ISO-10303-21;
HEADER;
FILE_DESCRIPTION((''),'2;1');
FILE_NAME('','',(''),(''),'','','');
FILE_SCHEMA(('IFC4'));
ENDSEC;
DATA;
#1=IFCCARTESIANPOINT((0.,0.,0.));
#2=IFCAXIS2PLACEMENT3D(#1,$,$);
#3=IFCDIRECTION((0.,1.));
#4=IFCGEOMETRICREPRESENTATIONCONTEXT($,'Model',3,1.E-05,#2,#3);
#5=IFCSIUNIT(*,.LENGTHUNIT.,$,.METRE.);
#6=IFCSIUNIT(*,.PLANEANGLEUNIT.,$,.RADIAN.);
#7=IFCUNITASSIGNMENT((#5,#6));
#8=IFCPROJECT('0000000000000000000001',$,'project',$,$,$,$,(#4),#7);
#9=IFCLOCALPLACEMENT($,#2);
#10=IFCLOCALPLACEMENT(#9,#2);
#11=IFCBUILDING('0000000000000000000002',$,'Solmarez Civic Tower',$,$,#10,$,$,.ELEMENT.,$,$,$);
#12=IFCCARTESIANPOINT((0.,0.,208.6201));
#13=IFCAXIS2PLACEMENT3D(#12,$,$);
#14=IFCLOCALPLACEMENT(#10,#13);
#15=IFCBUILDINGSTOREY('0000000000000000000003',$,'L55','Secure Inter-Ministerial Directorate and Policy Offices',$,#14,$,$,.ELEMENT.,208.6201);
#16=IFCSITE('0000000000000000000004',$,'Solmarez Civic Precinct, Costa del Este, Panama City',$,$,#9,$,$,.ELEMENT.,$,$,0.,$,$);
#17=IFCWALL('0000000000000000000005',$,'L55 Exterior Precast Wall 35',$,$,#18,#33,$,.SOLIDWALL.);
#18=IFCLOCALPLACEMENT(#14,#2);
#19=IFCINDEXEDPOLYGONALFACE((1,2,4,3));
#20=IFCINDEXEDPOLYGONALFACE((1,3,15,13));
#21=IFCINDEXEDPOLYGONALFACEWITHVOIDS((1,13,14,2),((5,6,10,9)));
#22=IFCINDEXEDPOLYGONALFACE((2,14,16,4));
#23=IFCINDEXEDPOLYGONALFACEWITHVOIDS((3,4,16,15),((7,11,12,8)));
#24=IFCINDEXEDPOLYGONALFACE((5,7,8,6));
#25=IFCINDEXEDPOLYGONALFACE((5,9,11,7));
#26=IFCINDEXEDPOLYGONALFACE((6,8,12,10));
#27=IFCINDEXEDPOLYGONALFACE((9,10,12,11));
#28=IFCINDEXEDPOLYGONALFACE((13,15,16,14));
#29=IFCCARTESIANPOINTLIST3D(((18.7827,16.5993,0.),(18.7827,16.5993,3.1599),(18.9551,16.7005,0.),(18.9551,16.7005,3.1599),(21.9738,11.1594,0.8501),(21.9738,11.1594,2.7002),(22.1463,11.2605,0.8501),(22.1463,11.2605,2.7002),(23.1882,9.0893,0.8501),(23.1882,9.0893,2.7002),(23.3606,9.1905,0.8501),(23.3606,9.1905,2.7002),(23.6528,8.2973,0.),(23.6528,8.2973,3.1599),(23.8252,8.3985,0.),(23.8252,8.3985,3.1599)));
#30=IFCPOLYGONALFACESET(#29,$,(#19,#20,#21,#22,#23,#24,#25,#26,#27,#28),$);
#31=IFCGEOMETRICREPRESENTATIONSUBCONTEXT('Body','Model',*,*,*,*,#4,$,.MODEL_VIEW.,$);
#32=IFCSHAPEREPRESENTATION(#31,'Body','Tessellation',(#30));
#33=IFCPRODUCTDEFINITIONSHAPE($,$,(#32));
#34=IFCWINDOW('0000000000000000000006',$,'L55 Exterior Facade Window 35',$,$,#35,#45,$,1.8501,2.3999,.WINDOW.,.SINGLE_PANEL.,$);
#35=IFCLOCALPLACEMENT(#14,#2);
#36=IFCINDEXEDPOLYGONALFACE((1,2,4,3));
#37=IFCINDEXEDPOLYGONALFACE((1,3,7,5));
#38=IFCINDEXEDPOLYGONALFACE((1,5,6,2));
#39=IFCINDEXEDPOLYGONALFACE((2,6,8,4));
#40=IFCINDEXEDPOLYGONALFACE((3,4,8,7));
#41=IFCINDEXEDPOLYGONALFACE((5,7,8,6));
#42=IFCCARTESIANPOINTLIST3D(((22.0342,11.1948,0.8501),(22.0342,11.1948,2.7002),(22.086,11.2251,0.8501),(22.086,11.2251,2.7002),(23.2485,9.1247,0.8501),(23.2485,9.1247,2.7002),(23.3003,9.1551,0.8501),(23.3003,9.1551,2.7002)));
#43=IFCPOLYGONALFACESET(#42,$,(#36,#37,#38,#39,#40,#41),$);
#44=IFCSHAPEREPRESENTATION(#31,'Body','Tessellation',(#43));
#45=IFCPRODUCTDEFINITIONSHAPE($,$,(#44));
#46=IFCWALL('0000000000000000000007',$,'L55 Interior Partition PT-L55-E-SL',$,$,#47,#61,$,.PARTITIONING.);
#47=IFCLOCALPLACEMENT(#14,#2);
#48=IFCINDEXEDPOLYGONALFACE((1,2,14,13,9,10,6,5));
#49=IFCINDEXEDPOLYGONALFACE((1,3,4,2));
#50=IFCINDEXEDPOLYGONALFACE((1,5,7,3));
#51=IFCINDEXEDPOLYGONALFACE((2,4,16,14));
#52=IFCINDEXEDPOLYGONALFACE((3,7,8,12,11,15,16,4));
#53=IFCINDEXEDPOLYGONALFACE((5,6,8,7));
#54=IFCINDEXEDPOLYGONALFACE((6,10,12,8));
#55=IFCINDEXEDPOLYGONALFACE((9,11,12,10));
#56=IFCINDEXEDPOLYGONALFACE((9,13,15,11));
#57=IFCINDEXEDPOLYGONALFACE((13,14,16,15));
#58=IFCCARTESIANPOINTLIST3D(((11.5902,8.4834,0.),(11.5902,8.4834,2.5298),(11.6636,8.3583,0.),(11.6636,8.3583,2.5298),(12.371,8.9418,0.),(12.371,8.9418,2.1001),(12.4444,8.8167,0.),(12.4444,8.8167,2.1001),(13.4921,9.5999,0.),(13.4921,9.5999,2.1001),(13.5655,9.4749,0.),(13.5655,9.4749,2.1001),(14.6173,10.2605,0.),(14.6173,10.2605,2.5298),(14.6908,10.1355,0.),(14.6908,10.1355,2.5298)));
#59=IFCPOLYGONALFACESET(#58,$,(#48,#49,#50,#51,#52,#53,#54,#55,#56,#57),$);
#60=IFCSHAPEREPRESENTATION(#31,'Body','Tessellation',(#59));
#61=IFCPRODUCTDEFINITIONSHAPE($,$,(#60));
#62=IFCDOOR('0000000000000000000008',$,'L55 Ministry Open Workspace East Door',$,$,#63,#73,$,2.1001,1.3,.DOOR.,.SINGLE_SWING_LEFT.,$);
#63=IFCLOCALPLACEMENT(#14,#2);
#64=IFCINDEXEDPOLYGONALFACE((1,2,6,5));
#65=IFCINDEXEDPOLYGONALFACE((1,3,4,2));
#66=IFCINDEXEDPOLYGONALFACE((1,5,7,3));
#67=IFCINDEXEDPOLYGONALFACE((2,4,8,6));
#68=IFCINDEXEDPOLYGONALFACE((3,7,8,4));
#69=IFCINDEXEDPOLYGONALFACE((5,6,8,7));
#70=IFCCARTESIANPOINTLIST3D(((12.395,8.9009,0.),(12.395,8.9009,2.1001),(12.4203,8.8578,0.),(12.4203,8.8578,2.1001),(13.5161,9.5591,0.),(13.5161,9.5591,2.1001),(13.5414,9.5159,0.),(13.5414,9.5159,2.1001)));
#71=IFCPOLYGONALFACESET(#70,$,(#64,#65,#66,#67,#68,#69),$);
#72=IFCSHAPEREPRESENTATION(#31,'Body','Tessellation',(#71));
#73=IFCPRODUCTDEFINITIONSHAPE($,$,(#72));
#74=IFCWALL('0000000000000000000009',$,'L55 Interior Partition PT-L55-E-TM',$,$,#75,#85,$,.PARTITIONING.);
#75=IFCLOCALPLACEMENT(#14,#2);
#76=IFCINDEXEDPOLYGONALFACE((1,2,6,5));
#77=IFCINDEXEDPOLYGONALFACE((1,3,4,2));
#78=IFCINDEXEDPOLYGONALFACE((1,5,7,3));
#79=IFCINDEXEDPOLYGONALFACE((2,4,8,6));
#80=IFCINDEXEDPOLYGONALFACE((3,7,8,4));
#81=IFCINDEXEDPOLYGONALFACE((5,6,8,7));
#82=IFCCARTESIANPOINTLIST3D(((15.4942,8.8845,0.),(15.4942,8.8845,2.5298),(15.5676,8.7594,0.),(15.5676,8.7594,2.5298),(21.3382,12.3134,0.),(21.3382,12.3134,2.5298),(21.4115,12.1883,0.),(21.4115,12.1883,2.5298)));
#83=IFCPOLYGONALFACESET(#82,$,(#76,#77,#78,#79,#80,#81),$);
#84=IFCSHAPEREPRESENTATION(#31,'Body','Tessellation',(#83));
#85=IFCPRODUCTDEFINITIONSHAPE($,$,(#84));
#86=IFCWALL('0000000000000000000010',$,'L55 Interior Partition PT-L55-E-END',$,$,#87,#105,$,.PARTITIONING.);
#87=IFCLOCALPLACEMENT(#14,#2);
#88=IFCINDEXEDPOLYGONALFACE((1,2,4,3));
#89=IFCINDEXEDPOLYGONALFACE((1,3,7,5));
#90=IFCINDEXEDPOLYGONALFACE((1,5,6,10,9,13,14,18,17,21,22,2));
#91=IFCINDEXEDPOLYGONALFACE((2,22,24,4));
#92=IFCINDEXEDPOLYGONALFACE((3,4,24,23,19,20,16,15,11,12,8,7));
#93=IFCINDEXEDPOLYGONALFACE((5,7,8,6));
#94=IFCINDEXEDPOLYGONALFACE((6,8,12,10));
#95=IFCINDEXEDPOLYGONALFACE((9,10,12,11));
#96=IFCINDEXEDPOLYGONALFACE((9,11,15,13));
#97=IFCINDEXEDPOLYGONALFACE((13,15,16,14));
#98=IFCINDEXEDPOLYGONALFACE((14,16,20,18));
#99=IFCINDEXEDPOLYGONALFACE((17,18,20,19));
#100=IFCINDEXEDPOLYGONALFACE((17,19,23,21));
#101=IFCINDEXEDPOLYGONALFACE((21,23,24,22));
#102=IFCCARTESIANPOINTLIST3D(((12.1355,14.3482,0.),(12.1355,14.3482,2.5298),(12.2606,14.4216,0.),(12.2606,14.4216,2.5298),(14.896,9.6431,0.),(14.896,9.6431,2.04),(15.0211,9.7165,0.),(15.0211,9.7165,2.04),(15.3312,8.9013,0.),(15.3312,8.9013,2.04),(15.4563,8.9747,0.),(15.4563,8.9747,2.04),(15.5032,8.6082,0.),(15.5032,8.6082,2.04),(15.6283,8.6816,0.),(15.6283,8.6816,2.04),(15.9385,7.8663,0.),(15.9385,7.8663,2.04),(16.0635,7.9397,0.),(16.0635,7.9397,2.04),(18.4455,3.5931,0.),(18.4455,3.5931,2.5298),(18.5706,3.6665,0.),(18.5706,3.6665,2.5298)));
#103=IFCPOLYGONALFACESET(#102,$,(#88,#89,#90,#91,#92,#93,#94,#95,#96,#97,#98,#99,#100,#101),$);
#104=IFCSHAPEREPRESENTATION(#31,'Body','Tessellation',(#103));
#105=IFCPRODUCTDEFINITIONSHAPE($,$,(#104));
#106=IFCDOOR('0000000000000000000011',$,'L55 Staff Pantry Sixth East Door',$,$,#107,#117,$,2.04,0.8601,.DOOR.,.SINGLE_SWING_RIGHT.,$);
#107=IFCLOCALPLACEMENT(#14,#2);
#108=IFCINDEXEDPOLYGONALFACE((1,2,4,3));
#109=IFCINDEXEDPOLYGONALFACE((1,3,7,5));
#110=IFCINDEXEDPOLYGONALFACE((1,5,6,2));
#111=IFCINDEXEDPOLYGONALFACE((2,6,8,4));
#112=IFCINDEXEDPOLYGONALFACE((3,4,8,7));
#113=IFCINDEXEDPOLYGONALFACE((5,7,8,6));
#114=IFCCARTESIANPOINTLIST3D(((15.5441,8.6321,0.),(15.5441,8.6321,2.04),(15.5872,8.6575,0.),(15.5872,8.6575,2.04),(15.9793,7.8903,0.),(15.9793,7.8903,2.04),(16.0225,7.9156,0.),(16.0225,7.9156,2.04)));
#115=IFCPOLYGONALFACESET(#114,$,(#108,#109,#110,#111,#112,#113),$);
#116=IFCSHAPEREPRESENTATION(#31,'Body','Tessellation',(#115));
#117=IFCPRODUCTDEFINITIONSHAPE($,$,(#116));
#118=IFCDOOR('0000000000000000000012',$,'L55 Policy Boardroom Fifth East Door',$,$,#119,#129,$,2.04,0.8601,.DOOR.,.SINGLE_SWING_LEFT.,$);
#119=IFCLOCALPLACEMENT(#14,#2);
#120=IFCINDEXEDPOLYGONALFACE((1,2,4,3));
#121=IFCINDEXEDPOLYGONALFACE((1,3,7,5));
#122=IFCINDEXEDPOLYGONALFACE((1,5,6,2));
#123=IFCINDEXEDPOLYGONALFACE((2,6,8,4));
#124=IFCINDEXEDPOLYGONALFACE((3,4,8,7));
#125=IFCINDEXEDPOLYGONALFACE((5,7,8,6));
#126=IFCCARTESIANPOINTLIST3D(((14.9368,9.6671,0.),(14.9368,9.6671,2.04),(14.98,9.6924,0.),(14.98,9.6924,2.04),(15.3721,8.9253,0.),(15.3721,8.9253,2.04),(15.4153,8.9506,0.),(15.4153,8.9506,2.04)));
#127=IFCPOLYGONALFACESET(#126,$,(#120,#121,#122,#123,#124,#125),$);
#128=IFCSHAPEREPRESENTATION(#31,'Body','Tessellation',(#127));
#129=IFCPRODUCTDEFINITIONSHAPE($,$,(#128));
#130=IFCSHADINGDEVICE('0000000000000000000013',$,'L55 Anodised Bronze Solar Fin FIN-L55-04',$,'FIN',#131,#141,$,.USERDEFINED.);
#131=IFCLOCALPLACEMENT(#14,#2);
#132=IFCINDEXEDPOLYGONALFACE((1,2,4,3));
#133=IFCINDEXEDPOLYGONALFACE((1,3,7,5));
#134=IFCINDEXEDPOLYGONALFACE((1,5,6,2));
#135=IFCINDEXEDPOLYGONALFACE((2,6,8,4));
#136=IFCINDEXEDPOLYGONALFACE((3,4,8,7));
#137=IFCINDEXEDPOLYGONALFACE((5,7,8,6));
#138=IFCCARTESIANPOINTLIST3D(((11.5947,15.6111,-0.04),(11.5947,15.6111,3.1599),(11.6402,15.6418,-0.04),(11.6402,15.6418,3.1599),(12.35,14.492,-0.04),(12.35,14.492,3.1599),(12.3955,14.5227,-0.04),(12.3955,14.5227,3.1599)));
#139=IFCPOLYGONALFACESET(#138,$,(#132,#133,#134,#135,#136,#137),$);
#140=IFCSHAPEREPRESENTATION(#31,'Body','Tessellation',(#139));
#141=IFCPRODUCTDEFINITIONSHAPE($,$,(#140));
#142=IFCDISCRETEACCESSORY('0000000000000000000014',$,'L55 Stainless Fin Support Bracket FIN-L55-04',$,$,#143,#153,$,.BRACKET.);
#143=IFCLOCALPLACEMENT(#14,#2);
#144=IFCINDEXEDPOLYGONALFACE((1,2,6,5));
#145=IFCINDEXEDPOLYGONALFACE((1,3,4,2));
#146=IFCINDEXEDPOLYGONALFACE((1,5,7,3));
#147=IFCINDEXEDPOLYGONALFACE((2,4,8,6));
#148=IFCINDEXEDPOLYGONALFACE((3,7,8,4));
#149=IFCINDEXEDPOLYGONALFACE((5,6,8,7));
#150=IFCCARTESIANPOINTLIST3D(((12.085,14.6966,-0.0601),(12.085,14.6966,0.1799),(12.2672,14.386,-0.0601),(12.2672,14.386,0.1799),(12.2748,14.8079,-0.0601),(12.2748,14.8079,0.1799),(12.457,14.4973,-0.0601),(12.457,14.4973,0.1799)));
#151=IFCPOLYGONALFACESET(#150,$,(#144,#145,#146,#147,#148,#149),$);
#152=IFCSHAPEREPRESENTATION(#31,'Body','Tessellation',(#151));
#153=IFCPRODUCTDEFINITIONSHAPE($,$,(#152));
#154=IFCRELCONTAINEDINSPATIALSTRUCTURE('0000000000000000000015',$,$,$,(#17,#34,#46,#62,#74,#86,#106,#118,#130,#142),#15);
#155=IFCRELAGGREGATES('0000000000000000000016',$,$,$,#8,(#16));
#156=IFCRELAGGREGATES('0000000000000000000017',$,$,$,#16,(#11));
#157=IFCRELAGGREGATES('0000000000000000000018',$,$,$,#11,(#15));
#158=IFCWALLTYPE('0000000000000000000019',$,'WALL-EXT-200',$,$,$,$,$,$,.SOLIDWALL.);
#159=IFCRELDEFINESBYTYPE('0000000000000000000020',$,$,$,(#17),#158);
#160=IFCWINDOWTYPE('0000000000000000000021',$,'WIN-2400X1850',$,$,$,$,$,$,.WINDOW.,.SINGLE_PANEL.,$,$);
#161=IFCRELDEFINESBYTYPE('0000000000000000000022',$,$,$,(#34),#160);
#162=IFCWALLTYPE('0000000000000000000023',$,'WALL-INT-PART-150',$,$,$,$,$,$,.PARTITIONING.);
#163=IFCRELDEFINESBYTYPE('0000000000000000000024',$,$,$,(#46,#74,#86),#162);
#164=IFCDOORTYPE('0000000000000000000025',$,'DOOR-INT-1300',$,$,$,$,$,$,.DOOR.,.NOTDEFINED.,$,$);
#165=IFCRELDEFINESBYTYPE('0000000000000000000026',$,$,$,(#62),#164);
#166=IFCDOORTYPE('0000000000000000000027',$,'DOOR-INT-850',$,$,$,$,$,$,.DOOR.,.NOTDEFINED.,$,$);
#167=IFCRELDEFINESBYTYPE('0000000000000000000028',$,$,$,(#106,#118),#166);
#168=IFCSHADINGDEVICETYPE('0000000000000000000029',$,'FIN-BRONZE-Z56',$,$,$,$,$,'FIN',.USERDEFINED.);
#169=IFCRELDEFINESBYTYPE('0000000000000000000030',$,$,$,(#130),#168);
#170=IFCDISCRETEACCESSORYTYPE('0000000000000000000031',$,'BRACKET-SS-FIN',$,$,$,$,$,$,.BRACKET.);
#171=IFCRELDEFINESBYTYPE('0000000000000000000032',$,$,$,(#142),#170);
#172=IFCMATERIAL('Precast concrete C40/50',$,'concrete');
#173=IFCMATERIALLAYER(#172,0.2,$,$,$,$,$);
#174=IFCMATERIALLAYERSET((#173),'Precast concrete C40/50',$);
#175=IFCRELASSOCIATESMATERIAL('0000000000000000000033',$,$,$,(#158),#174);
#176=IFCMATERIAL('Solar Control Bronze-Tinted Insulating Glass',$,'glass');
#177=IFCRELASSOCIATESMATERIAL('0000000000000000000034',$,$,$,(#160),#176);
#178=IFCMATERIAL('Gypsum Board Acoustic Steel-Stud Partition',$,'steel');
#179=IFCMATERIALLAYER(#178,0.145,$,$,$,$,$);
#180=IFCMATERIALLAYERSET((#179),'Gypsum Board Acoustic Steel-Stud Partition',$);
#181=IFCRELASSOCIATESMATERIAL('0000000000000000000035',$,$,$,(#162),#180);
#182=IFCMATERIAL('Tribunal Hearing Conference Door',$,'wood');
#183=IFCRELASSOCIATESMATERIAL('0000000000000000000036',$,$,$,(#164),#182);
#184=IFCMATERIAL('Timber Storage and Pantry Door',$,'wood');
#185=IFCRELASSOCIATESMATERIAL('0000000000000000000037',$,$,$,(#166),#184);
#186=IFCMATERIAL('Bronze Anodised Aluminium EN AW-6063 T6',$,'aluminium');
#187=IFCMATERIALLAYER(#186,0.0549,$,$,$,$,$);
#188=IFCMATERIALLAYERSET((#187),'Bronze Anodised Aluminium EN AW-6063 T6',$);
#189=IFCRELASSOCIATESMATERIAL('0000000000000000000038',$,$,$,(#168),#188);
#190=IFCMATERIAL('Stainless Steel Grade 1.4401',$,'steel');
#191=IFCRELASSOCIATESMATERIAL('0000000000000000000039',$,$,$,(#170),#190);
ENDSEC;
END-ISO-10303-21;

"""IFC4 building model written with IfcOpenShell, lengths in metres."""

from ifc_helpers import new_model, si_unit, direction, frame, frame_2d, origin, origin_2d, place, context, subcontext, project, spatial, rectangle, extrude, material, layer, layer_set, type_object, element, fill, save


model = new_model("IFC4")

# Units and contexts
model_context = context("Model", 3, precision=1e-05, world=origin(), true_north=direction((0.0, 1.0)))
body_context = subcontext(model_context, "Body", "Model", "MODEL_VIEW")
ifc_project = project(units=[si_unit("LENGTHUNIT", "METRE"), si_unit("PLANEANGLEUNIT", "RADIAN")], contexts=[model_context])

# Site, building, storey
site_placement = place(None, origin())
site = spatial("IfcSite", under=ifc_project, at=site_placement, Name="Solmarez Civic Precinct, Costa del Este, Panama City", CompositionType="ELEMENT", RefElevation=0.0)
building_placement = place(site_placement, origin())
building = spatial("IfcBuilding", under=site, at=building_placement, Name="Solmarez Civic Tower", CompositionType="ELEMENT")
storey_placement = place(building_placement, frame((0.0, 0.0, 208.6201)))
storey = spatial("IfcBuildingStorey", under=building, at=storey_placement, Name="L55", Description="Secure Inter-Ministerial Directorate and Policy Offices", CompositionType="ELEMENT", Elevation=208.6201)

# Shared definitions
ifc_material_1 = material(Name="Precast concrete C40/50", Category="concrete")
ifc_layer_1 = layer(ifc_material_1, 0.2)
ifc_layer_set_1 = layer_set([ifc_layer_1], Name="Precast concrete C40/50")
wall_type_1 = type_object("IfcWallType", Name="WALL-EXT-200", PredefinedType="SOLIDWALL", material=ifc_layer_set_1)
ifc_material_2 = material(Name="Solar Control Bronze-Tinted Insulating Glass", Category="glass")

# Wall, opening, window
wall_1_placement = place(storey_placement, frame((18.8689, 16.6499, 0.0), z_axis=(0.0, 0.0, 1.0), x_axis=(0.505984, -0.862543, 0.0)))
wall_1 = element("IfcWall", 1, at=wall_1_placement, inside=storey, type_object=wall_type_1, Name="L55 Exterior Precast Wall 35", PredefinedType="SOLIDWALL", context=body_context, shape_type="SweptSolid", body=[
    extrude(rectangle(XDim=9.625, YDim=0.2, at=frame_2d((4.8125, 0.0))), origin(), (0.0, 0.0, 1.0), 3.1599),
])
opening_1_placement = place(wall_1_placement, frame((6.3069, 0.0, 0.8501)))
opening_1 = element("IfcOpeningElement", 2, at=opening_1_placement, cuts=wall_1, PredefinedType="OPENING", context=body_context, shape_type="SweptSolid", body=[
    extrude(rectangle(XDim=2.3999, YDim=1.8501, at=frame_2d((1.2, 0.925))), frame((0.0, 0.1099, 0.0), z_axis=(0.0, -1.0, 0.0), x_axis=(1.0, 0.0, 0.0)), (0.0, 0.0, 1.0), 0.22),
])
window_type_1 = type_object("IfcWindowType", Name="WIN-2400X1850", PartitioningType="SINGLE_PANEL", PredefinedType="WINDOW", material=ifc_material_2)
window_1_placement = place(opening_1_placement, origin())
window_1 = element("IfcWindow", 3, at=window_1_placement, inside=storey, type_object=window_type_1, Name="L55 Exterior Facade Window 35", OverallHeight=1.8501, OverallWidth=2.3999, PartitioningType="SINGLE_PANEL", PredefinedType="WINDOW", context=body_context, shape_type="SweptSolid", body=[
    extrude(rectangle(XDim=2.3999, YDim=1.8501, at=frame_2d((1.2, 0.925))), frame((0.0, 0.03, 0.0), z_axis=(0.0, -1.0, 0.0), x_axis=(1.0, 0.0, 0.0)), (0.0, 0.0, 1.0), 0.0601),
])
fill(opening_1, window_1)

# Wall, opening, door
ifc_material_3 = material(Name="Gypsum Board Acoustic Steel-Stud Partition", Category="steel")
ifc_layer_2 = layer(ifc_material_3, 0.145)
ifc_layer_set_2 = layer_set([ifc_layer_2], Name="Gypsum Board Acoustic Steel-Stud Partition")
wall_type_2 = type_object("IfcWallType", Name="WALL-INT-PART-150", PredefinedType="PARTITIONING", material=ifc_layer_set_2)
wall_2_placement = place(storey_placement, frame((14.6541, 10.198, 0.0), z_axis=(0.0, 0.0, 1.0), x_axis=(-0.862376, -0.506269, 0.0)))
wall_2 = element("IfcWall", 4, at=wall_2_placement, inside=storey, type_object=wall_type_2, Name="L55 Interior Partition PT-L55-E-SL", PredefinedType="PARTITIONING", context=body_context, shape_type="SweptSolid", body=[
    extrude(rectangle(XDim=3.5103, YDim=0.145, at=frame_2d((1.7551, 0.0))), origin(), (0.0, 0.0, 1.0), 2.5298),
])
opening_2_placement = place(wall_2_placement, frame((1.3049, 0.0, 0.0)))
opening_2 = element("IfcOpeningElement", 5, at=opening_2_placement, cuts=wall_2, PredefinedType="OPENING", context=body_context, shape_type="SweptSolid", body=[
    extrude(rectangle(XDim=1.3, YDim=2.1001, at=frame_2d((0.6499, 1.05))), frame((0.0, 0.0825, 0.0), z_axis=(0.0, -1.0, 0.0), x_axis=(1.0, 0.0, 0.0)), (0.0, 0.0, 1.0), 0.165),
])
ifc_material_4 = material(Name="Tribunal Hearing Conference Door", Category="wood")
door_type_1 = type_object("IfcDoorType", Name="DOOR-INT-1300", OperationType="NOTDEFINED", PredefinedType="DOOR", material=ifc_material_4)
door_1_placement = place(opening_2_placement, origin())
door_1 = element("IfcDoor", 6, at=door_1_placement, inside=storey, type_object=door_type_1, Name="L55 Ministry Open Workspace East Door", OperationType="SINGLE_SWING_LEFT", OverallHeight=2.1001, OverallWidth=1.3, PredefinedType="DOOR", context=body_context, shape_type="SweptSolid", body=[
    extrude(rectangle(XDim=1.3, YDim=2.1001, at=frame_2d((0.6499, 1.05))), frame((0.0, 0.0249, 0.0), z_axis=(0.0, -1.0, 0.0), x_axis=(1.0, 0.0, 0.0)), (0.0, 0.0, 1.0), 0.05),
])
fill(opening_2, door_1)

# Wall
wall_3_placement = place(storey_placement, frame((15.531, 8.822, 0.0), z_axis=(0.0, 0.0, 1.0), x_axis=(0.862494, 0.506067, 0.0)))
element("IfcWall", 7, at=wall_3_placement, inside=storey, type_object=wall_type_2, Name="L55 Interior Partition PT-L55-E-TM", PredefinedType="PARTITIONING", context=body_context, shape_type="SweptSolid", body=[
    extrude(rectangle(XDim=6.7756, YDim=0.145, at=frame_2d((3.3877, 0.0))), origin(), (0.0, 0.0, 1.0), 2.5298),
])

# Wall, openings, doors
wall_4_placement = place(storey_placement, frame((12.198, 14.385, 0.0), z_axis=(0.0, 0.0, 1.0), x_axis=(0.506038, -0.862511, 0.0)))
wall_4 = element("IfcWall", 8, at=wall_4_placement, inside=storey, type_object=wall_type_2, Name="L55 Interior Partition PT-L55-E-END", PredefinedType="PARTITIONING", context=body_context, shape_type="SweptSolid", body=[
    extrude(rectangle(XDim=12.4695, YDim=0.145, at=frame_2d((6.2349, 0.0))), origin(), (0.0, 0.0, 1.0), 2.5298),
])
opening_3_placement = place(wall_4_placement, frame((6.655, 0.0, 0.0)))
opening_3 = element("IfcOpeningElement", 9, at=opening_3_placement, cuts=wall_4, PredefinedType="OPENING", context=body_context, shape_type="SweptSolid", body=[
    extrude(rectangle(XDim=0.8601, YDim=2.04, at=frame_2d((0.4302, 1.02))), frame((0.0, 0.0825, 0.0), z_axis=(0.0, -1.0, 0.0), x_axis=(1.0, 0.0, 0.0)), (0.0, 0.0, 1.0), 0.165),
])
opening_4_placement = place(wall_4_placement, frame((5.4551, 0.0, 0.0)))
opening_4 = element("IfcOpeningElement", 10, at=opening_4_placement, cuts=wall_4, PredefinedType="OPENING", context=body_context, shape_type="SweptSolid", body=[
    extrude(rectangle(XDim=0.8601, YDim=2.04, at=frame_2d((0.4302, 1.02))), frame((0.0, 0.0825, 0.0), z_axis=(0.0, -1.0, 0.0), x_axis=(1.0, 0.0, 0.0)), (0.0, 0.0, 1.0), 0.165),
])
ifc_material_5 = material(Name="Timber Storage and Pantry Door", Category="wood")
door_type_2 = type_object("IfcDoorType", Name="DOOR-INT-850", OperationType="NOTDEFINED", PredefinedType="DOOR", material=ifc_material_5)
door_2_placement = place(opening_3_placement, origin())
door_2 = element("IfcDoor", 11, at=door_2_placement, inside=storey, type_object=door_type_2, Name="L55 Staff Pantry Sixth East Door", OperationType="SINGLE_SWING_RIGHT", OverallHeight=2.04, OverallWidth=0.8601, PredefinedType="DOOR", context=body_context, shape_type="SweptSolid", body=[
    extrude(rectangle(XDim=0.8601, YDim=2.04, at=frame_2d((0.4302, 1.02))), frame((0.0, 0.0249, 0.0), z_axis=(0.0, -1.0, 0.0), x_axis=(1.0, 0.0, 0.0)), (0.0, 0.0, 1.0), 0.05),
])
fill(opening_3, door_2)
door_3_placement = place(opening_4_placement, origin())
door_3 = element("IfcDoor", 12, at=door_3_placement, inside=storey, type_object=door_type_2, Name="L55 Policy Boardroom Fifth East Door", OperationType="SINGLE_SWING_LEFT", OverallHeight=2.04, OverallWidth=0.8601, PredefinedType="DOOR", context=body_context, shape_type="SweptSolid", body=[
    extrude(rectangle(XDim=0.8601, YDim=2.04, at=frame_2d((0.4302, 1.02))), frame((0.0, 0.0249, 0.0), z_axis=(0.0, -1.0, 0.0), x_axis=(1.0, 0.0, 0.0)), (0.0, 0.0, 1.0), 0.05),
])
fill(opening_4, door_3)

# Shading device
ifc_material_6 = material(Name="Bronze Anodised Aluminium EN AW-6063 T6", Category="aluminium")
ifc_layer_3 = layer(ifc_material_6, 0.0549)
ifc_layer_set_3 = layer_set([ifc_layer_3], Name="Bronze Anodised Aluminium EN AW-6063 T6")
shading_device_type = type_object("IfcShadingDeviceType", Name="FIN-BRONZE-Z56", ElementType="FIN", PredefinedType="USERDEFINED", material=ifc_layer_set_3)
shading_device_placement = place(storey_placement, frame((11.9951, 15.0669, -0.04), z_axis=(0.0, 0.0, 1.0), x_axis=(-0.559453, 0.828862, 0.0)))
element("IfcShadingDevice", 13, at=shading_device_placement, inside=storey, type_object=shading_device_type, Name="L55 Anodised Bronze Solar Fin FIN-L55-04", ObjectType="FIN", PredefinedType="USERDEFINED", context=body_context, shape_type="SweptSolid", body=[
    extrude(rectangle(XDim=1.3501, YDim=0.0549, at=origin_2d()), origin(), (0.0, 0.0, 1.0), 3.2),
])

# Discrete accessory
ifc_material_7 = material(Name="Stainless Steel Grade 1.4401", Category="steel")
discrete_accessory_type = type_object("IfcDiscreteAccessoryType", Name="BRACKET-SS-FIN", PredefinedType="BRACKET", material=ifc_material_7)
discrete_accessory_placement = place(storey_placement, frame((12.271, 14.5969, -0.0601), z_axis=(0.0, 0.0, 1.0), x_axis=(-0.505919, 0.862581, 0.0)))
element("IfcDiscreteAccessory", 14, at=discrete_accessory_placement, inside=storey, type_object=discrete_accessory_type, Name="L55 Stainless Fin Support Bracket FIN-L55-04", PredefinedType="BRACKET", context=body_context, shape_type="SweptSolid", body=[
    extrude(rectangle(XDim=0.3601, YDim=0.22, at=origin_2d()), origin(), (0.0, 0.0, 1.0), 0.24),
])

save(model, "model.ifc")
